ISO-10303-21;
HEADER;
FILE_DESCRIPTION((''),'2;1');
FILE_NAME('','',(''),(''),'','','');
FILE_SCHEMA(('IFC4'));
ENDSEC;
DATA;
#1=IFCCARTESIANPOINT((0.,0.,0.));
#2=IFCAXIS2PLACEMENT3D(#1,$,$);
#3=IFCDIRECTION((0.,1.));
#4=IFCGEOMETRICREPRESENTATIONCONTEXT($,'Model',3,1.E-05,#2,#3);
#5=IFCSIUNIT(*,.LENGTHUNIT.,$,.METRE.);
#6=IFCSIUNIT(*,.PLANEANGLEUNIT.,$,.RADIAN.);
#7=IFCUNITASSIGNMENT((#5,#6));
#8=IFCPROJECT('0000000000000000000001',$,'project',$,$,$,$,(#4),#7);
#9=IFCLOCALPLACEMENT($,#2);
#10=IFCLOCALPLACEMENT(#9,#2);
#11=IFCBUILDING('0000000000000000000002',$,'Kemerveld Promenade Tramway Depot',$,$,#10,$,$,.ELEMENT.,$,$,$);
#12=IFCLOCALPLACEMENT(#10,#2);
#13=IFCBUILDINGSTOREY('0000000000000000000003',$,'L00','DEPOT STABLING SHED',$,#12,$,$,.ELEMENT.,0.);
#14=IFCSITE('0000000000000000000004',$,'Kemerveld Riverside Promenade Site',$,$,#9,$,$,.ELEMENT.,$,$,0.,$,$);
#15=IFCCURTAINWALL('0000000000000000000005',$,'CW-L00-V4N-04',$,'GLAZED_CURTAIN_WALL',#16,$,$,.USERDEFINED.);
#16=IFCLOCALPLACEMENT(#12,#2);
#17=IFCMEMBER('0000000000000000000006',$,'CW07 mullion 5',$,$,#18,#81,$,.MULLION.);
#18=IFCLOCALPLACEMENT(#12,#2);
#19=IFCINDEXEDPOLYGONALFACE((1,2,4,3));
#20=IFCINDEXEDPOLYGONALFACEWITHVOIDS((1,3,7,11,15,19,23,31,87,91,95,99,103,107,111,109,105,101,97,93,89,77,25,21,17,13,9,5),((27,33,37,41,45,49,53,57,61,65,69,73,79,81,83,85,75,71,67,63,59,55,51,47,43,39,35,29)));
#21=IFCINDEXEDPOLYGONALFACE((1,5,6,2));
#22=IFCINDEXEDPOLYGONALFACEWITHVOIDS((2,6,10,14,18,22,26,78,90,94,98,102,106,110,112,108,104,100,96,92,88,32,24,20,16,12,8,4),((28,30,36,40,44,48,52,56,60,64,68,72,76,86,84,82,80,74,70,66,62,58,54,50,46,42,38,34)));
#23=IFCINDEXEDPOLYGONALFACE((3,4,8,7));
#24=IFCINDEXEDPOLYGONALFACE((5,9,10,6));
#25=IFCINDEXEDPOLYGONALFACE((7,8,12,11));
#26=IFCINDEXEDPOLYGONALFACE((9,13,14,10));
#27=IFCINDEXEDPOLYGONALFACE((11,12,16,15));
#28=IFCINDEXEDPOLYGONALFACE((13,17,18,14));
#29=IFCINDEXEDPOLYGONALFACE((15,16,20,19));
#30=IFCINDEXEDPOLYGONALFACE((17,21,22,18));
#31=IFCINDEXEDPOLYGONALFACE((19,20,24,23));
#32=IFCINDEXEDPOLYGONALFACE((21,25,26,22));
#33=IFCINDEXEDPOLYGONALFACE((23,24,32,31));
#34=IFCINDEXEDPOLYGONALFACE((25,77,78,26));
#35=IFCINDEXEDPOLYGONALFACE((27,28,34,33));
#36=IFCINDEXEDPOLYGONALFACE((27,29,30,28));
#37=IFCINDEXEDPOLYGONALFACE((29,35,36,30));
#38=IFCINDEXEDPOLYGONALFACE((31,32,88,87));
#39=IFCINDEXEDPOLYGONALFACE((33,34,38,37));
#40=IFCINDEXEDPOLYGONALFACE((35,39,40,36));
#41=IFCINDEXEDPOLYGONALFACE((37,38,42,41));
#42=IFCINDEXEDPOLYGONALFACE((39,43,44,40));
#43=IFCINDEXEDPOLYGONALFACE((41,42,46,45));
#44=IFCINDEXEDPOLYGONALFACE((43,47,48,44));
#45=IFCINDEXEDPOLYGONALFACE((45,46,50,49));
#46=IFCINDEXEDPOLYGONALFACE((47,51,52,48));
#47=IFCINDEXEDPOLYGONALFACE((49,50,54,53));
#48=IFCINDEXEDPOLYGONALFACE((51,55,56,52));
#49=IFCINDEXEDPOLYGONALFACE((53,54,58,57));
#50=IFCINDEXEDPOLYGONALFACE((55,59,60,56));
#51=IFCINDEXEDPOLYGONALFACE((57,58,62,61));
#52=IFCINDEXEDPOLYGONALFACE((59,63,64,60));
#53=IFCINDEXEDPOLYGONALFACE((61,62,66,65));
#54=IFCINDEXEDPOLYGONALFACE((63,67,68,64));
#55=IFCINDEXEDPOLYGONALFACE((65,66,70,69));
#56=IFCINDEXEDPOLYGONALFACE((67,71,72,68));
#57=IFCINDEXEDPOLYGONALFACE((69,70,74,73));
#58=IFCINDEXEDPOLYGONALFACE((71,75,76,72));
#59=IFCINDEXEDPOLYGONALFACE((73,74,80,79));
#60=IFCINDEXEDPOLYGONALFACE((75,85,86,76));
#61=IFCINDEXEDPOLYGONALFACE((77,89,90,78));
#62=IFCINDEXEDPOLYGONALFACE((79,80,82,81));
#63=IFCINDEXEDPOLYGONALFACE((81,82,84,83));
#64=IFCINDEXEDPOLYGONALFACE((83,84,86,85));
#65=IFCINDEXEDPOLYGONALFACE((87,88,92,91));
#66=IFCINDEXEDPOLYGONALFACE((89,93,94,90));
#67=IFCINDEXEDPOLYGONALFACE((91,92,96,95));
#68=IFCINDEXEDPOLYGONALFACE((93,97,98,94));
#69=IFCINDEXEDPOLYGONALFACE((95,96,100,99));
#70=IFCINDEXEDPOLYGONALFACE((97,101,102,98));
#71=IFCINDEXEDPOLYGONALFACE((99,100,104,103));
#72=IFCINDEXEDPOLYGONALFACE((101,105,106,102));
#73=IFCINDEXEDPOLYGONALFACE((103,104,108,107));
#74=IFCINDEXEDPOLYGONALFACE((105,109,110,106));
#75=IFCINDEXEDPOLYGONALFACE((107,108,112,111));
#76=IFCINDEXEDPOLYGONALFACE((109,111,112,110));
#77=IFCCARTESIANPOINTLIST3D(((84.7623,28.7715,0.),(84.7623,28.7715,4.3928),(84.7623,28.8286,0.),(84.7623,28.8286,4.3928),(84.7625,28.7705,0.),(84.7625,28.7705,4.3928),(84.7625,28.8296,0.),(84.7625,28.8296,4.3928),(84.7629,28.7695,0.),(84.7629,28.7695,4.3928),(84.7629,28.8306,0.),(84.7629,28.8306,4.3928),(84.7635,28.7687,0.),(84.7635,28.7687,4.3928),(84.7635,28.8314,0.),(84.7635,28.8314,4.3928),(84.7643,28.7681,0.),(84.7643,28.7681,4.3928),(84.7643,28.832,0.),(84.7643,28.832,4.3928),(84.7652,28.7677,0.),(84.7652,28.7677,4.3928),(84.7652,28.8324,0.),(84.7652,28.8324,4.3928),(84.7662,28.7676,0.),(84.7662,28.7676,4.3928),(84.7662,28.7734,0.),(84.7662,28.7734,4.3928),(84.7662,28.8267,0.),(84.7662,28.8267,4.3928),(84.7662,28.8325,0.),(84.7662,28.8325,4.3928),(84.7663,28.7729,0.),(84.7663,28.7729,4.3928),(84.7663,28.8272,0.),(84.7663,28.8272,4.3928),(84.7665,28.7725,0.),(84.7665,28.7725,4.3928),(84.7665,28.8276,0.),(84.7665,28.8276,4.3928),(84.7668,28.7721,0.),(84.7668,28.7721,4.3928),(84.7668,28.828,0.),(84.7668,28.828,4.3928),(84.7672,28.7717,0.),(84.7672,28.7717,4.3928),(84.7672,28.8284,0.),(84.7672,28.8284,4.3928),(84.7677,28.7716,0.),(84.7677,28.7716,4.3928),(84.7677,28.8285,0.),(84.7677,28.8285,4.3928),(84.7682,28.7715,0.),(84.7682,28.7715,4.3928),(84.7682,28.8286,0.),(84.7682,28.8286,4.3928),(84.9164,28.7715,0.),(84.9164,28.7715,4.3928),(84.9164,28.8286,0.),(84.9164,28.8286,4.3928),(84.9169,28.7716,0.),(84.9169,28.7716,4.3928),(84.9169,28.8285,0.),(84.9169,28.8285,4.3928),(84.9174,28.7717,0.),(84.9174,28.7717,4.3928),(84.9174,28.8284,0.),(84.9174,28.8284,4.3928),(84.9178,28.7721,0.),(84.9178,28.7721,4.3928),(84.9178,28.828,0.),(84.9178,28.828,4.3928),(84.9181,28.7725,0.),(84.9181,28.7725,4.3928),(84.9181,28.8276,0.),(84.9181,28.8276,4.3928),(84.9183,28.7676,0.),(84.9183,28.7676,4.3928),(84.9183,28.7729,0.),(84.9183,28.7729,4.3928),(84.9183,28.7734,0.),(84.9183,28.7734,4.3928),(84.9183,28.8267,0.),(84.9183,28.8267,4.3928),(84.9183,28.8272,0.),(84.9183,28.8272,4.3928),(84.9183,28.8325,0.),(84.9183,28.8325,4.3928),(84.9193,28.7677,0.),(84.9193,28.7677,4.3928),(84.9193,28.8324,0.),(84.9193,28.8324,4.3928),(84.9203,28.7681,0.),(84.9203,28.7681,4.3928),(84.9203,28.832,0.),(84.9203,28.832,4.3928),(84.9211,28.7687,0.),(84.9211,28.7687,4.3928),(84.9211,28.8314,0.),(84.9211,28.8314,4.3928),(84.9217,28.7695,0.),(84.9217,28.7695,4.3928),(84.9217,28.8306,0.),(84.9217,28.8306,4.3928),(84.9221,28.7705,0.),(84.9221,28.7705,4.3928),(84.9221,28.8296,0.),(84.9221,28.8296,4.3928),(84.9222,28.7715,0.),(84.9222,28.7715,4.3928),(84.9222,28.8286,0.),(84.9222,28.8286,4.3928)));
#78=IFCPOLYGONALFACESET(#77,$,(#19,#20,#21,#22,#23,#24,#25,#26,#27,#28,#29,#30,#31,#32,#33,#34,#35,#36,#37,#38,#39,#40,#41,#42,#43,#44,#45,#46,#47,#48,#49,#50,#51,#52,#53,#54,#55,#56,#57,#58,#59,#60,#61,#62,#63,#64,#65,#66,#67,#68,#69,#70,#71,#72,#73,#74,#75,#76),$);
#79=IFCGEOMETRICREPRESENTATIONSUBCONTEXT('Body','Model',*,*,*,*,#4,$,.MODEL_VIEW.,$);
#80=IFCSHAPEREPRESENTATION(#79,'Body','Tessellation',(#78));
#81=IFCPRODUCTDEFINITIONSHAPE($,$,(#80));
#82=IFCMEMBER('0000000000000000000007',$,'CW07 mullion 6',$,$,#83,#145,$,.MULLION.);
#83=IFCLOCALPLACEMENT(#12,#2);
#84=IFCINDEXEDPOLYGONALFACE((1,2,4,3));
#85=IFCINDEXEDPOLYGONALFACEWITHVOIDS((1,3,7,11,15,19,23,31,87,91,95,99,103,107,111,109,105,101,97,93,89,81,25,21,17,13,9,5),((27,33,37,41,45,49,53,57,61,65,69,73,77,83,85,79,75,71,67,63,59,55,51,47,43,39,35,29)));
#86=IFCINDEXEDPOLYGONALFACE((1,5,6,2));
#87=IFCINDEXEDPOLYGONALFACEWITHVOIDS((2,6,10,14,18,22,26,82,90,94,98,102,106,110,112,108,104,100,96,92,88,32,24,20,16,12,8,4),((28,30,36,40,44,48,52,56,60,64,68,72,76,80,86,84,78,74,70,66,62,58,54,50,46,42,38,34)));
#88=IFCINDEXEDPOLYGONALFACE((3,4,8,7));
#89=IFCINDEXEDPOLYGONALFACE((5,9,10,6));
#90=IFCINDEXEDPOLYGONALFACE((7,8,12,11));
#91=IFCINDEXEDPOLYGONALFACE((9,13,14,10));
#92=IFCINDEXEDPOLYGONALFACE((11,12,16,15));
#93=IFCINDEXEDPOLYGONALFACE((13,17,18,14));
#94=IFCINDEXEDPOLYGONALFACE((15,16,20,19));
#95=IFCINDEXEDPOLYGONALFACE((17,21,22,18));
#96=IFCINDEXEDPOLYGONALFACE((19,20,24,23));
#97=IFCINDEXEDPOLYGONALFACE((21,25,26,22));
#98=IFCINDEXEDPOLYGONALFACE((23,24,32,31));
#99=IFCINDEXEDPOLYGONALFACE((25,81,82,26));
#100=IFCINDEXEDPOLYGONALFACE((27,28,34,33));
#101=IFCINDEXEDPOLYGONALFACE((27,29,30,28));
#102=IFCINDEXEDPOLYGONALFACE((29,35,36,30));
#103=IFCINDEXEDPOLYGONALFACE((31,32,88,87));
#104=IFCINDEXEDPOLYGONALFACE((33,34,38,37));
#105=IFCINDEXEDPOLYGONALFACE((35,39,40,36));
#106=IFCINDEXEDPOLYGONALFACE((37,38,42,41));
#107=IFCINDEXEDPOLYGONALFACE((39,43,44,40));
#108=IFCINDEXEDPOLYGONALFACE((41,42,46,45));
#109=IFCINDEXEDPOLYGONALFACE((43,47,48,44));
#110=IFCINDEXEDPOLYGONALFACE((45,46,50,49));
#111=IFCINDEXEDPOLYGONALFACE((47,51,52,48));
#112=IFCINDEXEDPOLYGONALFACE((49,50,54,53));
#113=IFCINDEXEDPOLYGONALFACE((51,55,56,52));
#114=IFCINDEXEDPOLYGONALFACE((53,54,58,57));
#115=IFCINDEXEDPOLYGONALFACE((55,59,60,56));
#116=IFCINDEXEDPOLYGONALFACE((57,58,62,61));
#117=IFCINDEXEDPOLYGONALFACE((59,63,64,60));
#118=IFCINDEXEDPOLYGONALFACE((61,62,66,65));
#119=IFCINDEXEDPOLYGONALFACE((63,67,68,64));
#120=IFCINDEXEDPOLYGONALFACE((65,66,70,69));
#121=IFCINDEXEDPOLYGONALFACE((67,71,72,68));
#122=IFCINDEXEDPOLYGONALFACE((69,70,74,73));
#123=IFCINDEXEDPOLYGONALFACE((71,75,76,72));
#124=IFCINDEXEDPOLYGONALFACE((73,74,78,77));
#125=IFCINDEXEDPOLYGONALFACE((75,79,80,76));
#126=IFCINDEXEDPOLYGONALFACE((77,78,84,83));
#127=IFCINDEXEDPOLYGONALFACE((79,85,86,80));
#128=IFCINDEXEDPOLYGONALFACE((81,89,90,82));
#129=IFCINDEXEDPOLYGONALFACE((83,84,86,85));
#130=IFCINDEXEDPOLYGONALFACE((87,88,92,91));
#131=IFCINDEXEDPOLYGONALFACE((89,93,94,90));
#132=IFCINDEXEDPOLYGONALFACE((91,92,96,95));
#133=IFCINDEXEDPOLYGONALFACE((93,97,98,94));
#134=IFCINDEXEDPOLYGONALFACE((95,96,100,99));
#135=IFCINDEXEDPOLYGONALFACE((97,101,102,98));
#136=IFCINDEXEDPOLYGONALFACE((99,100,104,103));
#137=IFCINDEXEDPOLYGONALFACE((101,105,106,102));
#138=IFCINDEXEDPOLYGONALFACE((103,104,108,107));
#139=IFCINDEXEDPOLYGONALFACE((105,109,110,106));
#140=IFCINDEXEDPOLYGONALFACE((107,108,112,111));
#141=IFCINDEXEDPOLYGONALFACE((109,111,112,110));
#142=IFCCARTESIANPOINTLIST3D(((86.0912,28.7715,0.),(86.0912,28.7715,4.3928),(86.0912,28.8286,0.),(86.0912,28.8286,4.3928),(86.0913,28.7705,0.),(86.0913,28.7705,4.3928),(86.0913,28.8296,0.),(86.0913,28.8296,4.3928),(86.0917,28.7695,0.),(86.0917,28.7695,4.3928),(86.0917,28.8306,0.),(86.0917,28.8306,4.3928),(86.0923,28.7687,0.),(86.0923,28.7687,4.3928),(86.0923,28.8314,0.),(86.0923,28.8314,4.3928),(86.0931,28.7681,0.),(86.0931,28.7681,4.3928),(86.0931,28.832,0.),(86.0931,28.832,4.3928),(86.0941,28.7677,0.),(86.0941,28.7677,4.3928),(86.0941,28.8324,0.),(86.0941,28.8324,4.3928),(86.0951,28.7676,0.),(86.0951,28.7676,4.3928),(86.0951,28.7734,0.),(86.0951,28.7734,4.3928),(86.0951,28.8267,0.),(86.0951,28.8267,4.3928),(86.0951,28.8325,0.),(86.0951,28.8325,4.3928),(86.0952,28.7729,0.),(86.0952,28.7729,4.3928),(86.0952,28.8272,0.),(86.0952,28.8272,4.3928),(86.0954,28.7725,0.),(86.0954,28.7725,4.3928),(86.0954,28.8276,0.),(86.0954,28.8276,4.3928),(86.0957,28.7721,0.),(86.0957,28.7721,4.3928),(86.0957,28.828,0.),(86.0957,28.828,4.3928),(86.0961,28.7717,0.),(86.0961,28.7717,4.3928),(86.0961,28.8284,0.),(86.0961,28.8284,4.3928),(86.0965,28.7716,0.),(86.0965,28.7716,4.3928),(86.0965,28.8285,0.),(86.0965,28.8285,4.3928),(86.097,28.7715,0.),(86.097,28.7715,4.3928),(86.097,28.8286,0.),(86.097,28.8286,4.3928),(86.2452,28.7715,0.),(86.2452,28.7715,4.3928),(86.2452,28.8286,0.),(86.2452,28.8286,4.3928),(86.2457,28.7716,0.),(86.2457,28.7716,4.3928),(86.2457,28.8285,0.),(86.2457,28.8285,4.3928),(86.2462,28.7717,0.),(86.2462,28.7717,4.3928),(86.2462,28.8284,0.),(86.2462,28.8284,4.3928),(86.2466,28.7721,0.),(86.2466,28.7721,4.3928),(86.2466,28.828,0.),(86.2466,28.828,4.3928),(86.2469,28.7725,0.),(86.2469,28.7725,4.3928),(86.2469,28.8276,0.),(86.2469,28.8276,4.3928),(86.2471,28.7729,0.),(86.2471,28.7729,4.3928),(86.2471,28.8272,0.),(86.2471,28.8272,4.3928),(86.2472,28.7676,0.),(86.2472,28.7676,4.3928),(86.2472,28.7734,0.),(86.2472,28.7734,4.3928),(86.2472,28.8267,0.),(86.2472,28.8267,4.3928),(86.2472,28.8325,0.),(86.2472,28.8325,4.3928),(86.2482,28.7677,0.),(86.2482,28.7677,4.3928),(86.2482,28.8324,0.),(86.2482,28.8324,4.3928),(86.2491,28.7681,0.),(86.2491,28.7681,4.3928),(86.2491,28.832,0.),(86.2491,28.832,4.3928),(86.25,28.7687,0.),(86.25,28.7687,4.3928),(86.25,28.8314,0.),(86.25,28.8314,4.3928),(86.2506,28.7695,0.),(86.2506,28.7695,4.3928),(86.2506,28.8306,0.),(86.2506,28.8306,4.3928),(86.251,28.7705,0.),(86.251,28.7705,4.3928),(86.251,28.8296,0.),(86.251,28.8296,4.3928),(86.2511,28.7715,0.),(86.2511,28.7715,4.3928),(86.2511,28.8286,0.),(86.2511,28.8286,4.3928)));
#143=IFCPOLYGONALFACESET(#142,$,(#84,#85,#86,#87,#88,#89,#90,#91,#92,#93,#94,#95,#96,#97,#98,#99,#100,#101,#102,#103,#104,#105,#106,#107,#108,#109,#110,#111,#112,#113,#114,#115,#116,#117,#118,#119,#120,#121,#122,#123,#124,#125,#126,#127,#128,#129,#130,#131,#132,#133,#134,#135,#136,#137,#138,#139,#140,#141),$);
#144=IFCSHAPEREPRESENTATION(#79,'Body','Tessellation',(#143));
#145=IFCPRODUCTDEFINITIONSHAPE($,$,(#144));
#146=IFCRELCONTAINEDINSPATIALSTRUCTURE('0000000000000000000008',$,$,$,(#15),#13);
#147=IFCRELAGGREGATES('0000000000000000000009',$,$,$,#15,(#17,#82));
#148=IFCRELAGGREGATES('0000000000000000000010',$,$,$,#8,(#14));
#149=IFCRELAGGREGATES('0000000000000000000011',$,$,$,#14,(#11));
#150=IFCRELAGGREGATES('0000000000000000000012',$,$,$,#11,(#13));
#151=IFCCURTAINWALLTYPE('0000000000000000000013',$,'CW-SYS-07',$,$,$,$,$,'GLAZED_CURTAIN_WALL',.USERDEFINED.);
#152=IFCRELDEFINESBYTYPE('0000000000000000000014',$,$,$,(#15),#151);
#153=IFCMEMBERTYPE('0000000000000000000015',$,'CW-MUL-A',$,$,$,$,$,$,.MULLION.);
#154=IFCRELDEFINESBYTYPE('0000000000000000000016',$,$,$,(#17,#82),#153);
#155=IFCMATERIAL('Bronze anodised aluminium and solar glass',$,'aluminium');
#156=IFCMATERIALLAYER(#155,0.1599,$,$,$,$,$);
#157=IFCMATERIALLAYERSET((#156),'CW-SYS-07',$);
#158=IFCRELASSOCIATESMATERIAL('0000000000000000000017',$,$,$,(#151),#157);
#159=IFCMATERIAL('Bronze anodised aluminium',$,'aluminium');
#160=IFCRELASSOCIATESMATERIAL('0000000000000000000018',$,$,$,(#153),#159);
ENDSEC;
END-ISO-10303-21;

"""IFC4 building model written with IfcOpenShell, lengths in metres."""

from ifc_helpers import new_model, si_unit, direction, frame, origin, origin_2d, place, context, subcontext, project, spatial, hollow_rectangle, extrude, material, layer, layer_set, material_profile, profile_set, type_object, element, aggregate, save


model = new_model("IFC4")

# Units and contexts
model_context = context("Model", 3, precision=1e-05, world=origin(), true_north=direction((0.0, 1.0)))
body_context = subcontext(model_context, "Body", "Model", "MODEL_VIEW")
ifc_project = project(units=[si_unit("LENGTHUNIT", "METRE"), si_unit("PLANEANGLEUNIT", "RADIAN")], contexts=[model_context])

# Site, building, storey
site_placement = place(None, origin())
site = spatial("IfcSite", under=ifc_project, at=site_placement, Name="Kemerveld Riverside Promenade Site", CompositionType="ELEMENT", RefElevation=0.0)
building_placement = place(site_placement, origin())
building = spatial("IfcBuilding", under=site, at=building_placement, Name="Kemerveld Promenade Tramway Depot", CompositionType="ELEMENT")
storey_placement = place(building_placement, origin())
storey = spatial("IfcBuildingStorey", under=building, at=storey_placement, Name="L00", Description="DEPOT STABLING SHED", CompositionType="ELEMENT", Elevation=0.0)

# Curtain wall, members
ifc_material_1 = material(Name="Bronze anodised aluminium and solar glass", Category="aluminium")
ifc_layer_1 = layer(ifc_material_1, 0.1599)
ifc_layer_set_1 = layer_set([ifc_layer_1], Name="CW-SYS-07")
curtain_wall_type = type_object("IfcCurtainWallType", Name="CW-SYS-07", ElementType="GLAZED_CURTAIN_WALL", PredefinedType="USERDEFINED", material=ifc_layer_set_1)
curtain_wall_placement = place(storey_placement, origin())
curtain_wall = element("IfcCurtainWall", 1, at=curtain_wall_placement, inside=storey, type_object=curtain_wall_type, Name="CW-L00-V4N-04", ObjectType="GLAZED_CURTAIN_WALL", PredefinedType="USERDEFINED")
ifc_material_2 = material(Name="Bronze anodised aluminium", Category="aluminium")
ifc_material_profile_1 = material_profile(ifc_material_2, hollow_rectangle(XDim=0.0649, YDim=0.1599, WallThickness=0.0039, InnerFilletRadius=0.002, OuterFilletRadius=0.0039, at=origin_2d()), Name="CW-MUL-160x65")
ifc_profile_set_1 = profile_set([ifc_material_profile_1], Name="Bronze anodised aluminium")
member_type_1 = type_object("IfcMemberType", Name="CW-MUL-A", PredefinedType="MULLION", material=ifc_profile_set_1)
member_1_placement = place(storey_placement, frame((84.8423, 28.8, 0.0), z_axis=(0.0, 0.0, 1.0), x_axis=(0.0, 1.0, 0.0)))
member_1 = element("IfcMember", 2, at=member_1_placement, type_object=member_type_1, Name="CW07 mullion 5", PredefinedType="MULLION", context=body_context, shape_type="SweptSolid", body=[
    extrude(hollow_rectangle(XDim=0.0649, YDim=0.1599, WallThickness=0.0039, InnerFilletRadius=0.002, OuterFilletRadius=0.0039, at=origin_2d()), origin(), (0.0, 0.0, 1.0), 4.3928),
])
member_2_placement = place(storey_placement, frame((86.1711, 28.8, 0.0), z_axis=(0.0, 0.0, 1.0), x_axis=(0.0, 1.0, 0.0)))
member_2 = element("IfcMember", 3, at=member_2_placement, type_object=member_type_1, Name="CW07 mullion 6", PredefinedType="MULLION", context=body_context, shape_type="SweptSolid", body=[
    extrude(hollow_rectangle(XDim=0.0649, YDim=0.1599, WallThickness=0.0039, InnerFilletRadius=0.002, OuterFilletRadius=0.0039, at=origin_2d()), origin(), (0.0, 0.0, 1.0), 4.3928),
])
aggregate(curtain_wall, [member_1, member_2])

save(model, "model.ifc")
